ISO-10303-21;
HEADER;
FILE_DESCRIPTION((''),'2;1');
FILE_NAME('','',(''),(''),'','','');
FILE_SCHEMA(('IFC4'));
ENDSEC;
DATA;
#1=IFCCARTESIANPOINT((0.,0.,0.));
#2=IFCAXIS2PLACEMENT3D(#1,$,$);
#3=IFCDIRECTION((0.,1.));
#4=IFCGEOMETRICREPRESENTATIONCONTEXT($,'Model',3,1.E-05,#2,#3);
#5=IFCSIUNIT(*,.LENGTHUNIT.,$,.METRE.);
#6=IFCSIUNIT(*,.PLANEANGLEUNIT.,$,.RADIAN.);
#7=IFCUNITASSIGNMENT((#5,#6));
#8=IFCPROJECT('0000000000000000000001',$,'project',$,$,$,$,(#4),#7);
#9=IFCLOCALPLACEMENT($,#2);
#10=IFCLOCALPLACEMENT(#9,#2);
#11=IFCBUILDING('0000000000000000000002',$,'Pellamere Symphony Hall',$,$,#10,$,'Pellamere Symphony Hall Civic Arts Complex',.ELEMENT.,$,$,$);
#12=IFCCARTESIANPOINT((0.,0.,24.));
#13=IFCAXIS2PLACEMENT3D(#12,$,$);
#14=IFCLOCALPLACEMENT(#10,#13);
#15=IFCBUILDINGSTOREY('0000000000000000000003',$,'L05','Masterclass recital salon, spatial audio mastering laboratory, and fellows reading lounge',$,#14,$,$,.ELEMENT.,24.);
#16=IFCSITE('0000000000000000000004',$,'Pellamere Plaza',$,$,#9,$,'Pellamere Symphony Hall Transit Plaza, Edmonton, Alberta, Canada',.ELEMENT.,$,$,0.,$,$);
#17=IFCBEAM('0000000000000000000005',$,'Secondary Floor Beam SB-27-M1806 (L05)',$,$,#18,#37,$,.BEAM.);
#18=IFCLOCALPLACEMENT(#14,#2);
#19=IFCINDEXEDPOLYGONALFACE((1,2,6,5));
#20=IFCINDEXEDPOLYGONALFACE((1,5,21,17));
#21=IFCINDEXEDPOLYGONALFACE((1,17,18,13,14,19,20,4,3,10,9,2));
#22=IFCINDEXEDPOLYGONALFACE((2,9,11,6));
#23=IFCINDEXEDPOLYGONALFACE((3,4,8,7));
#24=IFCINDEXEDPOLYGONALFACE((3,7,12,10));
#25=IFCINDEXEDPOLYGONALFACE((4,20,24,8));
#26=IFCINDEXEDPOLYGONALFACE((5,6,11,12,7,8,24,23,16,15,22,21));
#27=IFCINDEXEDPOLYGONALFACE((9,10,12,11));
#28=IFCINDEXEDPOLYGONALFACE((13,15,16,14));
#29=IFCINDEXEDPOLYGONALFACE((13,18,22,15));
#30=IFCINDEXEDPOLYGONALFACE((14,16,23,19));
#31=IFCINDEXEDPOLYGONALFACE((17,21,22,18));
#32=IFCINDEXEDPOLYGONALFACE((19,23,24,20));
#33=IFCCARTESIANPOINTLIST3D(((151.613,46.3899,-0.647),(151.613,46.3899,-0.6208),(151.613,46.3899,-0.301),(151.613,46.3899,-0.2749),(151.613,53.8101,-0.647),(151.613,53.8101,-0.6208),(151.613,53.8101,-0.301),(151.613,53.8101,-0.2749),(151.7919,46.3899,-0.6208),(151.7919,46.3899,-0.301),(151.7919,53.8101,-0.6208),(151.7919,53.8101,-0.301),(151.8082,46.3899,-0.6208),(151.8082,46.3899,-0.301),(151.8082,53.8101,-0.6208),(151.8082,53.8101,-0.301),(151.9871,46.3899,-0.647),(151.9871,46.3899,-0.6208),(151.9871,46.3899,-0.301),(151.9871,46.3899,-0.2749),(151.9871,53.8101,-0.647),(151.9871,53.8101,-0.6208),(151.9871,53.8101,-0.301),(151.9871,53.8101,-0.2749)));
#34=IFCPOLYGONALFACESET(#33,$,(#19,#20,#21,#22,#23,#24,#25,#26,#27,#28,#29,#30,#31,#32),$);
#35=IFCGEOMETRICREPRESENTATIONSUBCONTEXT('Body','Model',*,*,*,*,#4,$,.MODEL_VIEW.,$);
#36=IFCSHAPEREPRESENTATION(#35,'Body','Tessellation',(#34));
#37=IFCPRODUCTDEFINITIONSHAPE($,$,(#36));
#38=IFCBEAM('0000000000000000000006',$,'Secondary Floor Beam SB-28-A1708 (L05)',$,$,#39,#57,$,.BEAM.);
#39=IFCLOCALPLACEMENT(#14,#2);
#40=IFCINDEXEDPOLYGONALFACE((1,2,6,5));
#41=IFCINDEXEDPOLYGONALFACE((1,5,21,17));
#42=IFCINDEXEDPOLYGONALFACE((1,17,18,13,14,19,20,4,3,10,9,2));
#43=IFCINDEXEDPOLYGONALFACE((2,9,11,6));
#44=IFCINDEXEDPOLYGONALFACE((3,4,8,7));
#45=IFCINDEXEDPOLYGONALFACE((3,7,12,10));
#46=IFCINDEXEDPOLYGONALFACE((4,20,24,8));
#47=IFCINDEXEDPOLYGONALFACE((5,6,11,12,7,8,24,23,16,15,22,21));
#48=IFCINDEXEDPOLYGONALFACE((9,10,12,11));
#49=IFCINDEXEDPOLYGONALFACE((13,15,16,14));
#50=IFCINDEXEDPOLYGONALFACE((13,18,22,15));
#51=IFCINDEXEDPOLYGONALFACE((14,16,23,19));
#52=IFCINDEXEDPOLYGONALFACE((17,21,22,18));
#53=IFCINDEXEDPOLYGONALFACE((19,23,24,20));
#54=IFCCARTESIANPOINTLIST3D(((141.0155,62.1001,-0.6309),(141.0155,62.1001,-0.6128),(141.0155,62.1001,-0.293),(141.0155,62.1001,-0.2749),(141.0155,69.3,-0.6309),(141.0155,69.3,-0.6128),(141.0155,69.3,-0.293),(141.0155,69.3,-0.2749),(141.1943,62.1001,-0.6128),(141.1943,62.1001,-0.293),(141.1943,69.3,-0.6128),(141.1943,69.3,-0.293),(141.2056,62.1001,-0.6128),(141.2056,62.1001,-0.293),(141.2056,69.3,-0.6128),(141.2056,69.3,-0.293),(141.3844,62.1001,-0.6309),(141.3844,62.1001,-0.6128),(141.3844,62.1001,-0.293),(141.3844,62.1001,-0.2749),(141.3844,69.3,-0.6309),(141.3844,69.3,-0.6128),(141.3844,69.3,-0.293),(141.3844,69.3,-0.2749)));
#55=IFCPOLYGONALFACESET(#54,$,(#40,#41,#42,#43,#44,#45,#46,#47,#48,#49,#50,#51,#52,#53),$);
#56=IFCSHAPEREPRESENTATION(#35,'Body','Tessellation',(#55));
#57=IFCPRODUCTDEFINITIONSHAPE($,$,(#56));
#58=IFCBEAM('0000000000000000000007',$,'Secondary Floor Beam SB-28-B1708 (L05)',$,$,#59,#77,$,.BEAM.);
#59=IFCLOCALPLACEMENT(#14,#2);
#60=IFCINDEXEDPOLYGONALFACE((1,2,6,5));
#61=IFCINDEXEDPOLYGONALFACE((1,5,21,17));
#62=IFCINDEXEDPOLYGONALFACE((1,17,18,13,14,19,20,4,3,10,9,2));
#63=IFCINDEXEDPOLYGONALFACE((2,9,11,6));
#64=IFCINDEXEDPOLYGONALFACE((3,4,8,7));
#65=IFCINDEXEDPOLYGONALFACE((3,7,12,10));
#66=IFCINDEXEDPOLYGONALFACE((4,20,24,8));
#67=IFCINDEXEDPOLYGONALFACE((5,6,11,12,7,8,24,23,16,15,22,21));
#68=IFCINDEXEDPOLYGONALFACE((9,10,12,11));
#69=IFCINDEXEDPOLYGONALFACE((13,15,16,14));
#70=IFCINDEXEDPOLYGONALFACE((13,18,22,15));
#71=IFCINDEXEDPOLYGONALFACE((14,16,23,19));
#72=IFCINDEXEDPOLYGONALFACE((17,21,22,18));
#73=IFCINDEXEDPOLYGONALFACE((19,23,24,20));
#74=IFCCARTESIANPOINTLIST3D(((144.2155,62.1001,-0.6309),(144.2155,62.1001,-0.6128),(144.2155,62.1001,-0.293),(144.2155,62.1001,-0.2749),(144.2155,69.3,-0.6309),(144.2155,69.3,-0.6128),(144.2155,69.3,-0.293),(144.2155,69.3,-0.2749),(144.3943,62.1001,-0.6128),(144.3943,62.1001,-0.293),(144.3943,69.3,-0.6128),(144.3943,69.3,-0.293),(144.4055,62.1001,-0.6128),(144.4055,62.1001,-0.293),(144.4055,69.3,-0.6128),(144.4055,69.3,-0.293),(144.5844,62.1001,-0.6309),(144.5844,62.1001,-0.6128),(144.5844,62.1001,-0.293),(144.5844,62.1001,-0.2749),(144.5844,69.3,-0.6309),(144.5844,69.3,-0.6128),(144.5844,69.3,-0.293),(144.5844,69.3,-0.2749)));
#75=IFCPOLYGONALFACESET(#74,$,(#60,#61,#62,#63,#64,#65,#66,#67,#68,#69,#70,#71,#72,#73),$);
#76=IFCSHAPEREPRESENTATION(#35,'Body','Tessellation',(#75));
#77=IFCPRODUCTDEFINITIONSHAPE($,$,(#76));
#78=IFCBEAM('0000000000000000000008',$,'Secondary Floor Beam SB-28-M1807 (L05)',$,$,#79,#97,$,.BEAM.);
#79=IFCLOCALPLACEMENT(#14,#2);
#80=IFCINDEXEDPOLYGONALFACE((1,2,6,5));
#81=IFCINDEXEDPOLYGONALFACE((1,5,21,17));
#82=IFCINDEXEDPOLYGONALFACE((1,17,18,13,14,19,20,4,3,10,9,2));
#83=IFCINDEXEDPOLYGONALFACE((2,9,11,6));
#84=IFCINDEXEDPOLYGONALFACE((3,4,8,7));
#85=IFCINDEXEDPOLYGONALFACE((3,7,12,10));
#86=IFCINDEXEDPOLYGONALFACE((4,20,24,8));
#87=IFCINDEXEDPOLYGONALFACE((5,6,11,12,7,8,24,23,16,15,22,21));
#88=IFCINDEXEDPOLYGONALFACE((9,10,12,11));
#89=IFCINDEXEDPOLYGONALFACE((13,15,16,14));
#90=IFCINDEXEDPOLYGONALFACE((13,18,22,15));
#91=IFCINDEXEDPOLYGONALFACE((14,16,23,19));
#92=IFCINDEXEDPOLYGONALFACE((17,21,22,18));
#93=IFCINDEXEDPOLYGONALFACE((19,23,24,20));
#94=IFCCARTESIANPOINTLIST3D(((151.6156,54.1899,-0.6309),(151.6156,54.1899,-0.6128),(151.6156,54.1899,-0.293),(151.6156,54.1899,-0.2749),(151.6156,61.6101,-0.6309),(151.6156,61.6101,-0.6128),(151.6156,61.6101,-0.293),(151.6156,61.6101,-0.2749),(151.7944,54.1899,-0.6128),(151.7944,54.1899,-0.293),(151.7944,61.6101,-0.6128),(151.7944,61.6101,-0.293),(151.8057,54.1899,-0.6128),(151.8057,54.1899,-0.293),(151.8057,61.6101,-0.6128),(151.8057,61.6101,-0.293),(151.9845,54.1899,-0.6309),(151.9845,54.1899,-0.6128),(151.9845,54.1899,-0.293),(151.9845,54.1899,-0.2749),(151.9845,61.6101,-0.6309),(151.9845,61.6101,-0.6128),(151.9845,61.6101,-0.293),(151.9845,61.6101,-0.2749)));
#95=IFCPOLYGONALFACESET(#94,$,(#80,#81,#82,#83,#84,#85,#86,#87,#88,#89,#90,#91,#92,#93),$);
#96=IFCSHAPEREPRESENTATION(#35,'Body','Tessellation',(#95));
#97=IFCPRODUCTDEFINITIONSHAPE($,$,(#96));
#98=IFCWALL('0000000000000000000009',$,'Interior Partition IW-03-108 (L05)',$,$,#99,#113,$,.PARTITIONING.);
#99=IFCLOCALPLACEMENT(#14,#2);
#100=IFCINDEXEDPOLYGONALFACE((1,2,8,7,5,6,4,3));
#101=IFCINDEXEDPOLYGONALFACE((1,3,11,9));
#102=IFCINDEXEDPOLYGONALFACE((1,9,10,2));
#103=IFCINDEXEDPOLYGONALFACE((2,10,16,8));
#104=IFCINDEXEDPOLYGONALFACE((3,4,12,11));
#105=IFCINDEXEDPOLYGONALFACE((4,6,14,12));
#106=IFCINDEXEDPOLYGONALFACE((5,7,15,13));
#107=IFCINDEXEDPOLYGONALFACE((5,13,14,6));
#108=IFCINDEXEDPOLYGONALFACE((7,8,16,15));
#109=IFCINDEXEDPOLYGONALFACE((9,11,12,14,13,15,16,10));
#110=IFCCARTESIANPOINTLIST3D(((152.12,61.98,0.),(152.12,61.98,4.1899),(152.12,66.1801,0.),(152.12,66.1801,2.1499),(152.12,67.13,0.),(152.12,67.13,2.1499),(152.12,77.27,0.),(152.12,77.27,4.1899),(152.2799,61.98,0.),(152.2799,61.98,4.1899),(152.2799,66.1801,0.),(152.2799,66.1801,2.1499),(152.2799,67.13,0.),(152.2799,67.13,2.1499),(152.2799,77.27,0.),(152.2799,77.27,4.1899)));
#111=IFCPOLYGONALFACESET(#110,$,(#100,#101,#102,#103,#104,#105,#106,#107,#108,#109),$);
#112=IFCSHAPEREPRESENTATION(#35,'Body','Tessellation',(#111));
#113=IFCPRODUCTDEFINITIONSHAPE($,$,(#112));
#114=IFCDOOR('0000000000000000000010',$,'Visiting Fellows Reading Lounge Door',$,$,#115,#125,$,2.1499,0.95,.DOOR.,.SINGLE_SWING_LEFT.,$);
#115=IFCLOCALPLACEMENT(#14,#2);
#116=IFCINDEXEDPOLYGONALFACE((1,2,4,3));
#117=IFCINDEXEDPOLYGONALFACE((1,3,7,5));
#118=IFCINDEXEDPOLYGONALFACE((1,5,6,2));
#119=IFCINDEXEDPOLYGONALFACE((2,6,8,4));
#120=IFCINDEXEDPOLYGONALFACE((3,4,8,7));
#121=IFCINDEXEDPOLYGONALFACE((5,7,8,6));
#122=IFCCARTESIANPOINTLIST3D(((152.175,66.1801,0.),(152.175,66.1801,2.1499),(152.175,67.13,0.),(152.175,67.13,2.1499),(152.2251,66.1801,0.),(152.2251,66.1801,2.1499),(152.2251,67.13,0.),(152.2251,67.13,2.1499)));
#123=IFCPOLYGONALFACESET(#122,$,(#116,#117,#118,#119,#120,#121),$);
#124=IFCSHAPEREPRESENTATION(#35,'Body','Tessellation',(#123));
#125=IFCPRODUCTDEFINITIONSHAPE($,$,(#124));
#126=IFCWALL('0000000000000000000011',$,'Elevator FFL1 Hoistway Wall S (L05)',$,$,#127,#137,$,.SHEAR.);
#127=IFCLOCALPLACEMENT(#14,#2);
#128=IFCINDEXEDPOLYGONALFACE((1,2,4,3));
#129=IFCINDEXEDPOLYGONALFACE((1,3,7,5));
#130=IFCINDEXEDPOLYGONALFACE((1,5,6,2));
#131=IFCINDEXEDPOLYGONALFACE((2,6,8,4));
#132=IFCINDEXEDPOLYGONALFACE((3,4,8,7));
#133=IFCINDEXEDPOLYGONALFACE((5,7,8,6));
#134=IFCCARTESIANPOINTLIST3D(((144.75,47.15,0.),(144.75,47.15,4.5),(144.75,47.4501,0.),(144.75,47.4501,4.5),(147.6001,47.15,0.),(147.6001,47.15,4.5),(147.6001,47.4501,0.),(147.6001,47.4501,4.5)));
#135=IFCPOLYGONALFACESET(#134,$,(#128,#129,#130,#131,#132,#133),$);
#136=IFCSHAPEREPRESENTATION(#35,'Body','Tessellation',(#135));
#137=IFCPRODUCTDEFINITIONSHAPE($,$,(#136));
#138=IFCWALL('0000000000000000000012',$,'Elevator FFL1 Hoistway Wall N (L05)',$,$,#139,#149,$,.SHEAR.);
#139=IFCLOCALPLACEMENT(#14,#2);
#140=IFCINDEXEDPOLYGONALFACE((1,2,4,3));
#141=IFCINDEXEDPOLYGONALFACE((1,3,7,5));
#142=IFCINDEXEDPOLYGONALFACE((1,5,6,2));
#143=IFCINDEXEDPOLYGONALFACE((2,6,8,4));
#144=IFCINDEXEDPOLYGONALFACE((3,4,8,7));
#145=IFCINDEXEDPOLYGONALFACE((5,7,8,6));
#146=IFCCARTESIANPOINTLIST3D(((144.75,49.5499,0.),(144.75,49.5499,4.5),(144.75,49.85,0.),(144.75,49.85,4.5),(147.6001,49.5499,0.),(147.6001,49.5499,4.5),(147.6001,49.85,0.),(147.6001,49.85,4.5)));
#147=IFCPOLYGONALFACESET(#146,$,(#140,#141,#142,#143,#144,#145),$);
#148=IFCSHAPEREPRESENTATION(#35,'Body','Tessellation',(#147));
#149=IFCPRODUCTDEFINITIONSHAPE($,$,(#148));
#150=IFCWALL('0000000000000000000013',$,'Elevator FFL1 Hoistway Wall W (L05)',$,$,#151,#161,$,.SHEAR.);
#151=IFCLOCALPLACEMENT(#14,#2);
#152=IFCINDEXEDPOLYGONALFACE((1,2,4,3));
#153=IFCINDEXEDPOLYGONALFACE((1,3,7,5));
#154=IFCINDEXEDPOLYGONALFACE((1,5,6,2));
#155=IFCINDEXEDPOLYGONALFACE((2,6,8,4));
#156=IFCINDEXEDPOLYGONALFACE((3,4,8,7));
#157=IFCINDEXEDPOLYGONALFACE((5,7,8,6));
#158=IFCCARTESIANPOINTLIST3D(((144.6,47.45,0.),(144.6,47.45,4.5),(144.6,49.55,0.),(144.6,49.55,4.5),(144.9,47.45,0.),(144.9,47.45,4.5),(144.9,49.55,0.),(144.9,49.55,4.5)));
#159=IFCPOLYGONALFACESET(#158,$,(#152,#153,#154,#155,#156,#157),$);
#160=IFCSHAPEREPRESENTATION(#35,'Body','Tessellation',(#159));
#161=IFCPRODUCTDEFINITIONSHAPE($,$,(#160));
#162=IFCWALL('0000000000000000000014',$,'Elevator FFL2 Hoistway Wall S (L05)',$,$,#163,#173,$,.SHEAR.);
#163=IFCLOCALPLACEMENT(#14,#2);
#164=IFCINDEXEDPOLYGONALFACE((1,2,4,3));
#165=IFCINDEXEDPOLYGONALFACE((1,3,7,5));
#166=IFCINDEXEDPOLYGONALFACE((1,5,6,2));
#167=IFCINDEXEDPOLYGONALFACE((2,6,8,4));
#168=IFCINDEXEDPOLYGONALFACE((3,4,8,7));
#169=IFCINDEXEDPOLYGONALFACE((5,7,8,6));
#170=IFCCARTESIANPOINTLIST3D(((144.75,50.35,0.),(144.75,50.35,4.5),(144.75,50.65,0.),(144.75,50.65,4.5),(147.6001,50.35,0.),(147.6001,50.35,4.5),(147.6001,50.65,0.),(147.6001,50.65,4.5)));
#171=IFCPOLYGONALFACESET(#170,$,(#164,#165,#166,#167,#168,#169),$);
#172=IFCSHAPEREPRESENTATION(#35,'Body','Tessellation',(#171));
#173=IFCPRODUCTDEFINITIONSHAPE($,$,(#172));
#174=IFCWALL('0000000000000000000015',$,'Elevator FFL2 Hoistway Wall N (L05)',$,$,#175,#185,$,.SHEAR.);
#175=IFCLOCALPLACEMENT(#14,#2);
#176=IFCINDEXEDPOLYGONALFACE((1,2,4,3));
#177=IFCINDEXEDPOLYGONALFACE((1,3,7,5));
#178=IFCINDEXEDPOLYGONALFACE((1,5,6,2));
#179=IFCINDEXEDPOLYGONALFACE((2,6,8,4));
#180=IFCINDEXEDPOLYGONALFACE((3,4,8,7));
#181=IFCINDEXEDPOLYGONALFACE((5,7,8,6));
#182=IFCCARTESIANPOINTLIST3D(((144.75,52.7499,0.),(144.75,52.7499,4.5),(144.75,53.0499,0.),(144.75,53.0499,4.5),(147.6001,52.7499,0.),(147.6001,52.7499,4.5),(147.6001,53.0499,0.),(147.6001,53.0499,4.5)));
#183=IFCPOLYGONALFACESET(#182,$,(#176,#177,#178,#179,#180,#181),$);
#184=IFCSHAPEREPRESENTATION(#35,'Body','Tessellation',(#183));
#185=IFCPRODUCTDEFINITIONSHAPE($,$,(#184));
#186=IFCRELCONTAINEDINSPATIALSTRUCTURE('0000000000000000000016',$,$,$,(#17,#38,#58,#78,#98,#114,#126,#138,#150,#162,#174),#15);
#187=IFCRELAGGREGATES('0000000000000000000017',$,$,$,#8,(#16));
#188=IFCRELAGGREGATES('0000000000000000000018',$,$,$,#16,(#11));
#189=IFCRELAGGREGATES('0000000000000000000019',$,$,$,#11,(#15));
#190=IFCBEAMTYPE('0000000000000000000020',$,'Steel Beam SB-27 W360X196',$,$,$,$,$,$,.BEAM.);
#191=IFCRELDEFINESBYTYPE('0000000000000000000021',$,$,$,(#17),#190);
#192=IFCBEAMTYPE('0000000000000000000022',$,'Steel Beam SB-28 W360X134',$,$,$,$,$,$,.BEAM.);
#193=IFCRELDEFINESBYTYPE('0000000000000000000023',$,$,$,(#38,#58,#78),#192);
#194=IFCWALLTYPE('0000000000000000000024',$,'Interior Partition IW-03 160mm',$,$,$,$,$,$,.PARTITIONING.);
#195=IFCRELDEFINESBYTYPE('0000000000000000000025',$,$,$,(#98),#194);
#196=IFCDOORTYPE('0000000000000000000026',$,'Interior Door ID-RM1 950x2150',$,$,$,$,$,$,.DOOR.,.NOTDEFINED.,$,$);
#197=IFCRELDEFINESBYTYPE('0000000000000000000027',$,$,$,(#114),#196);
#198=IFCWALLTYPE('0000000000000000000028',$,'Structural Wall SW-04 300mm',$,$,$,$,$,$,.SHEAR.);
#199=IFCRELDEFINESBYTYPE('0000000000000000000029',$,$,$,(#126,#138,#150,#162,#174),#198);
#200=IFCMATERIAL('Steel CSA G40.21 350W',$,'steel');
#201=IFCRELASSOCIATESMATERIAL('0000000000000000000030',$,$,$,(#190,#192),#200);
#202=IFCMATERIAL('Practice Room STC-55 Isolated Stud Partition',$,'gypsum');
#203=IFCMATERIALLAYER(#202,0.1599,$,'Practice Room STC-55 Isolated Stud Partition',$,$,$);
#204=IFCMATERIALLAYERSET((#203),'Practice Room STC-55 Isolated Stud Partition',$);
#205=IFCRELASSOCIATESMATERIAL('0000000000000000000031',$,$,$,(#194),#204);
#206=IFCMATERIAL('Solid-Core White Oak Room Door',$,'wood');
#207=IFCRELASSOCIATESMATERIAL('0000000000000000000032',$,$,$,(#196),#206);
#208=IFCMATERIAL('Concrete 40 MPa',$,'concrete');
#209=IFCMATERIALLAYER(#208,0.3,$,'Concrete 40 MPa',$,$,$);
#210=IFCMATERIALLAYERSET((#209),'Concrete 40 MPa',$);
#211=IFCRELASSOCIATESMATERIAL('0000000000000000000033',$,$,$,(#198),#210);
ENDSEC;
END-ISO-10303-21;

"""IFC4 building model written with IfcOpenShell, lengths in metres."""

from ifc_helpers import new_model, si_unit, direction, frame, frame_2d, origin, origin_2d, place, context, subcontext, project, spatial, rectangle, i_section, extrude, material, layer, layer_set, material_profile, profile_set, type_object, element, fill, save


model = new_model("IFC4")

# Units and contexts
model_context = context("Model", 3, precision=1e-05, world=origin(), true_north=direction((0.0, 1.0)))
body_context = subcontext(model_context, "Body", "Model", "MODEL_VIEW")
ifc_project = project(units=[si_unit("LENGTHUNIT", "METRE"), si_unit("PLANEANGLEUNIT", "RADIAN")], contexts=[model_context])

# Site, building, storey
site_placement = place(None, origin())
site = spatial("IfcSite", under=ifc_project, at=site_placement, Name="Pellamere Plaza", LongName="Pellamere Symphony Hall Transit Plaza, Edmonton, Alberta, Canada", CompositionType="ELEMENT", RefElevation=0.0)
building_placement = place(site_placement, origin())
building = spatial("IfcBuilding", under=site, at=building_placement, Name="Pellamere Symphony Hall", LongName="Pellamere Symphony Hall Civic Arts Complex", CompositionType="ELEMENT")
storey_placement = place(building_placement, frame((0.0, 0.0, 24.0)))
storey = spatial("IfcBuildingStorey", under=building, at=storey_placement, Name="L05", Description="Masterclass recital salon, spatial audio mastering laboratory, and fellows reading lounge", CompositionType="ELEMENT", Elevation=24.0)

# Beams
ifc_material_1 = material(Name="Concrete 40 MPa", Category="concrete")
ifc_material_2 = material(Name="Steel CSA G40.21 350W", Category="steel")
ifc_material_profile_1 = material_profile(ifc_material_2, i_section(OverallWidth=0.374, OverallDepth=0.3721, WebThickness=0.0164, FlangeThickness=0.0261, at=origin_2d()), Name="W360X196")
ifc_profile_set_1 = profile_set([ifc_material_profile_1], Name="Steel CSA G40.21 350W")
beam_type_1 = type_object("IfcBeamType", Name="Steel Beam SB-27 W360X196", PredefinedType="BEAM", material=ifc_profile_set_1)
beam_1_placement = place(storey_placement, frame((151.8, 46.3899, -0.4609), z_axis=(0.0, 1.0, 0.0), x_axis=(-1.0, 0.0, 0.0)))
element("IfcBeam", 1, at=beam_1_placement, inside=storey, type_object=beam_type_1, Name="Secondary Floor Beam SB-27-M1806 (L05)", PredefinedType="BEAM", context=body_context, shape_type="SweptSolid", body=[
    extrude(i_section(OverallWidth=0.374, OverallDepth=0.3721, WebThickness=0.0164, FlangeThickness=0.0261, at=origin_2d()), origin(), (0.0, 0.0, 1.0), 7.4202),
])
ifc_material_profile_2 = material_profile(ifc_material_2, i_section(OverallWidth=0.3689, OverallDepth=0.356, WebThickness=0.0112, FlangeThickness=0.0181, at=origin_2d()), Name="W360X134")
ifc_profile_set_2 = profile_set([ifc_material_profile_2], Name="Steel CSA G40.21 350W")
beam_type_2 = type_object("IfcBeamType", Name="Steel Beam SB-28 W360X134", PredefinedType="BEAM", material=ifc_profile_set_2)
for number, where, z_axis, x_axis, name in (
    (2, (141.2, 62.1001, -0.4529), (0.0, 1.0, 0.0), (-1.0, 0.0, 0.0), "Secondary Floor Beam SB-28-A1708 (L05)"),
    (3, (144.3999, 62.1001, -0.4529), (0.0, 1.0, 0.0), (-1.0, 0.0, 0.0), "Secondary Floor Beam SB-28-B1708 (L05)"),
):
    element("IfcBeam", number, at=place(storey_placement, frame(where, z_axis=z_axis, x_axis=x_axis)), inside=storey, type_object=beam_type_2, Name=name, PredefinedType="BEAM", context=body_context, shape_type="SweptSolid", body=[
        extrude(i_section(OverallWidth=0.3689, OverallDepth=0.356, WebThickness=0.0112, FlangeThickness=0.0181, at=origin_2d()), origin(), (0.0, 0.0, 1.0), 7.2),
    ])
beam_2_placement = place(storey_placement, frame((151.8, 54.1899, -0.4529), z_axis=(0.0, 1.0, 0.0), x_axis=(-1.0, 0.0, 0.0)))
element("IfcBeam", 4, at=beam_2_placement, inside=storey, type_object=beam_type_2, Name="Secondary Floor Beam SB-28-M1807 (L05)", PredefinedType="BEAM", context=body_context, shape_type="SweptSolid", body=[
    extrude(i_section(OverallWidth=0.3689, OverallDepth=0.356, WebThickness=0.0112, FlangeThickness=0.0181, at=origin_2d()), origin(), (0.0, 0.0, 1.0), 7.4202),
])

# Wall, opening, door
ifc_material_3 = material(Name="Practice Room STC-55 Isolated Stud Partition", Category="gypsum")
ifc_layer_1 = layer(ifc_material_3, 0.1599, Name="Practice Room STC-55 Isolated Stud Partition")
ifc_layer_set_1 = layer_set([ifc_layer_1], Name="Practice Room STC-55 Isolated Stud Partition")
wall_type_1 = type_object("IfcWallType", Name="Interior Partition IW-03 160mm", PredefinedType="PARTITIONING", material=ifc_layer_set_1)
wall_1_placement = place(storey_placement, frame((152.2, 61.98, 0.0), z_axis=(0.0, 0.0, 1.0), x_axis=(0.0, 1.0, 0.0)))
wall_1 = element("IfcWall", 5, at=wall_1_placement, inside=storey, type_object=wall_type_1, Name="Interior Partition IW-03-108 (L05)", PredefinedType="PARTITIONING", context=body_context, shape_type="SweptSolid", body=[
    extrude(rectangle(XDim=15.29, YDim=0.1599, at=frame_2d((7.645, 0.0))), origin(), (0.0, 0.0, 1.0), 4.1899),
])
opening_placement = place(wall_1_placement, frame((4.2, 0.0, 0.0)))
opening = element("IfcOpeningElement", 6, at=opening_placement, cuts=wall_1, PredefinedType="OPENING", context=body_context, shape_type="SweptSolid", body=[
    extrude(rectangle(XDim=0.95, YDim=2.1499, at=frame_2d((0.4751, 1.075))), frame((0.0, 0.0898, 0.0), z_axis=(0.0, -1.0, 0.0), x_axis=(1.0, 0.0, 0.0)), (0.0, 0.0, 1.0), 0.1799),
])
ifc_material_4 = material(Name="Solid-Core White Oak Room Door", Category="wood")
door_type = type_object("IfcDoorType", Name="Interior Door ID-RM1 950x2150", OperationType="NOTDEFINED", PredefinedType="DOOR", material=ifc_material_4)
door_placement = place(opening_placement, origin())
door = element("IfcDoor", 7, at=door_placement, inside=storey, type_object=door_type, Name="Visiting Fellows Reading Lounge Door", OperationType="SINGLE_SWING_LEFT", OverallHeight=2.1499, OverallWidth=0.95, PredefinedType="DOOR", context=body_context, shape_type="SweptSolid", body=[
    extrude(rectangle(XDim=0.95, YDim=2.1499, at=frame_2d((0.4751, 1.075))), frame((0.0, 0.0249, 0.0), z_axis=(0.0, -1.0, 0.0), x_axis=(1.0, 0.0, 0.0)), (0.0, 0.0, 1.0), 0.05),
])
fill(opening, door)

# Walls
ifc_layer_2 = layer(ifc_material_1, 0.3, Name="Concrete 40 MPa")
ifc_layer_set_2 = layer_set([ifc_layer_2], Name="Concrete 40 MPa")
wall_type_2 = type_object("IfcWallType", Name="Structural Wall SW-04 300mm", PredefinedType="SHEAR", material=ifc_layer_set_2)
for number, where, z_axis, x_axis, name in (
    (8, (144.75, 47.3, 0.0), (0.0, 0.0, 1.0), (1.0, 0.0, 0.0), "Elevator FFL1 Hoistway Wall S (L05)"),
    (9, (144.75, 49.7, 0.0), (0.0, 0.0, 1.0), (1.0, 0.0, 0.0), "Elevator FFL1 Hoistway Wall N (L05)"),
):
    element("IfcWall", number, at=place(storey_placement, frame(where, z_axis=z_axis, x_axis=x_axis)), inside=storey, type_object=wall_type_2, Name=name, PredefinedType="SHEAR", context=body_context, shape_type="SweptSolid", body=[
        extrude(rectangle(XDim=2.8501, YDim=0.3, at=frame_2d((1.425, 0.0))), origin(), (0.0, 0.0, 1.0), 4.5),
    ])
wall_2_placement = place(storey_placement, frame((144.75, 47.45, 0.0), z_axis=(0.0, 0.0, 1.0), x_axis=(0.0, 1.0, 0.0)))
element("IfcWall", 10, at=wall_2_placement, inside=storey, type_object=wall_type_2, Name="Elevator FFL1 Hoistway Wall W (L05)", PredefinedType="SHEAR", context=body_context, shape_type="SweptSolid", body=[
    extrude(rectangle(XDim=2.1001, YDim=0.3, at=frame_2d((1.05, 0.0))), origin(), (0.0, 0.0, 1.0), 4.5),
])
for number, where, z_axis, x_axis, name in (
    (11, (144.75, 50.5, 0.0), (0.0, 0.0, 1.0), (1.0, 0.0, 0.0), "Elevator FFL2 Hoistway Wall S (L05)"),
    (12, (144.75, 52.8999, 0.0), (0.0, 0.0, 1.0), (1.0, 0.0, 0.0), "Elevator FFL2 Hoistway Wall N (L05)"),
):
    element("IfcWall", number, at=place(storey_placement, frame(where, z_axis=z_axis, x_axis=x_axis)), inside=storey, type_object=wall_type_2, Name=name, PredefinedType="SHEAR", context=body_context, shape_type="SweptSolid", body=[
        extrude(rectangle(XDim=2.8501, YDim=0.3, at=frame_2d((1.425, 0.0))), origin(), (0.0, 0.0, 1.0), 4.5),
    ])

save(model, "model.ifc")
